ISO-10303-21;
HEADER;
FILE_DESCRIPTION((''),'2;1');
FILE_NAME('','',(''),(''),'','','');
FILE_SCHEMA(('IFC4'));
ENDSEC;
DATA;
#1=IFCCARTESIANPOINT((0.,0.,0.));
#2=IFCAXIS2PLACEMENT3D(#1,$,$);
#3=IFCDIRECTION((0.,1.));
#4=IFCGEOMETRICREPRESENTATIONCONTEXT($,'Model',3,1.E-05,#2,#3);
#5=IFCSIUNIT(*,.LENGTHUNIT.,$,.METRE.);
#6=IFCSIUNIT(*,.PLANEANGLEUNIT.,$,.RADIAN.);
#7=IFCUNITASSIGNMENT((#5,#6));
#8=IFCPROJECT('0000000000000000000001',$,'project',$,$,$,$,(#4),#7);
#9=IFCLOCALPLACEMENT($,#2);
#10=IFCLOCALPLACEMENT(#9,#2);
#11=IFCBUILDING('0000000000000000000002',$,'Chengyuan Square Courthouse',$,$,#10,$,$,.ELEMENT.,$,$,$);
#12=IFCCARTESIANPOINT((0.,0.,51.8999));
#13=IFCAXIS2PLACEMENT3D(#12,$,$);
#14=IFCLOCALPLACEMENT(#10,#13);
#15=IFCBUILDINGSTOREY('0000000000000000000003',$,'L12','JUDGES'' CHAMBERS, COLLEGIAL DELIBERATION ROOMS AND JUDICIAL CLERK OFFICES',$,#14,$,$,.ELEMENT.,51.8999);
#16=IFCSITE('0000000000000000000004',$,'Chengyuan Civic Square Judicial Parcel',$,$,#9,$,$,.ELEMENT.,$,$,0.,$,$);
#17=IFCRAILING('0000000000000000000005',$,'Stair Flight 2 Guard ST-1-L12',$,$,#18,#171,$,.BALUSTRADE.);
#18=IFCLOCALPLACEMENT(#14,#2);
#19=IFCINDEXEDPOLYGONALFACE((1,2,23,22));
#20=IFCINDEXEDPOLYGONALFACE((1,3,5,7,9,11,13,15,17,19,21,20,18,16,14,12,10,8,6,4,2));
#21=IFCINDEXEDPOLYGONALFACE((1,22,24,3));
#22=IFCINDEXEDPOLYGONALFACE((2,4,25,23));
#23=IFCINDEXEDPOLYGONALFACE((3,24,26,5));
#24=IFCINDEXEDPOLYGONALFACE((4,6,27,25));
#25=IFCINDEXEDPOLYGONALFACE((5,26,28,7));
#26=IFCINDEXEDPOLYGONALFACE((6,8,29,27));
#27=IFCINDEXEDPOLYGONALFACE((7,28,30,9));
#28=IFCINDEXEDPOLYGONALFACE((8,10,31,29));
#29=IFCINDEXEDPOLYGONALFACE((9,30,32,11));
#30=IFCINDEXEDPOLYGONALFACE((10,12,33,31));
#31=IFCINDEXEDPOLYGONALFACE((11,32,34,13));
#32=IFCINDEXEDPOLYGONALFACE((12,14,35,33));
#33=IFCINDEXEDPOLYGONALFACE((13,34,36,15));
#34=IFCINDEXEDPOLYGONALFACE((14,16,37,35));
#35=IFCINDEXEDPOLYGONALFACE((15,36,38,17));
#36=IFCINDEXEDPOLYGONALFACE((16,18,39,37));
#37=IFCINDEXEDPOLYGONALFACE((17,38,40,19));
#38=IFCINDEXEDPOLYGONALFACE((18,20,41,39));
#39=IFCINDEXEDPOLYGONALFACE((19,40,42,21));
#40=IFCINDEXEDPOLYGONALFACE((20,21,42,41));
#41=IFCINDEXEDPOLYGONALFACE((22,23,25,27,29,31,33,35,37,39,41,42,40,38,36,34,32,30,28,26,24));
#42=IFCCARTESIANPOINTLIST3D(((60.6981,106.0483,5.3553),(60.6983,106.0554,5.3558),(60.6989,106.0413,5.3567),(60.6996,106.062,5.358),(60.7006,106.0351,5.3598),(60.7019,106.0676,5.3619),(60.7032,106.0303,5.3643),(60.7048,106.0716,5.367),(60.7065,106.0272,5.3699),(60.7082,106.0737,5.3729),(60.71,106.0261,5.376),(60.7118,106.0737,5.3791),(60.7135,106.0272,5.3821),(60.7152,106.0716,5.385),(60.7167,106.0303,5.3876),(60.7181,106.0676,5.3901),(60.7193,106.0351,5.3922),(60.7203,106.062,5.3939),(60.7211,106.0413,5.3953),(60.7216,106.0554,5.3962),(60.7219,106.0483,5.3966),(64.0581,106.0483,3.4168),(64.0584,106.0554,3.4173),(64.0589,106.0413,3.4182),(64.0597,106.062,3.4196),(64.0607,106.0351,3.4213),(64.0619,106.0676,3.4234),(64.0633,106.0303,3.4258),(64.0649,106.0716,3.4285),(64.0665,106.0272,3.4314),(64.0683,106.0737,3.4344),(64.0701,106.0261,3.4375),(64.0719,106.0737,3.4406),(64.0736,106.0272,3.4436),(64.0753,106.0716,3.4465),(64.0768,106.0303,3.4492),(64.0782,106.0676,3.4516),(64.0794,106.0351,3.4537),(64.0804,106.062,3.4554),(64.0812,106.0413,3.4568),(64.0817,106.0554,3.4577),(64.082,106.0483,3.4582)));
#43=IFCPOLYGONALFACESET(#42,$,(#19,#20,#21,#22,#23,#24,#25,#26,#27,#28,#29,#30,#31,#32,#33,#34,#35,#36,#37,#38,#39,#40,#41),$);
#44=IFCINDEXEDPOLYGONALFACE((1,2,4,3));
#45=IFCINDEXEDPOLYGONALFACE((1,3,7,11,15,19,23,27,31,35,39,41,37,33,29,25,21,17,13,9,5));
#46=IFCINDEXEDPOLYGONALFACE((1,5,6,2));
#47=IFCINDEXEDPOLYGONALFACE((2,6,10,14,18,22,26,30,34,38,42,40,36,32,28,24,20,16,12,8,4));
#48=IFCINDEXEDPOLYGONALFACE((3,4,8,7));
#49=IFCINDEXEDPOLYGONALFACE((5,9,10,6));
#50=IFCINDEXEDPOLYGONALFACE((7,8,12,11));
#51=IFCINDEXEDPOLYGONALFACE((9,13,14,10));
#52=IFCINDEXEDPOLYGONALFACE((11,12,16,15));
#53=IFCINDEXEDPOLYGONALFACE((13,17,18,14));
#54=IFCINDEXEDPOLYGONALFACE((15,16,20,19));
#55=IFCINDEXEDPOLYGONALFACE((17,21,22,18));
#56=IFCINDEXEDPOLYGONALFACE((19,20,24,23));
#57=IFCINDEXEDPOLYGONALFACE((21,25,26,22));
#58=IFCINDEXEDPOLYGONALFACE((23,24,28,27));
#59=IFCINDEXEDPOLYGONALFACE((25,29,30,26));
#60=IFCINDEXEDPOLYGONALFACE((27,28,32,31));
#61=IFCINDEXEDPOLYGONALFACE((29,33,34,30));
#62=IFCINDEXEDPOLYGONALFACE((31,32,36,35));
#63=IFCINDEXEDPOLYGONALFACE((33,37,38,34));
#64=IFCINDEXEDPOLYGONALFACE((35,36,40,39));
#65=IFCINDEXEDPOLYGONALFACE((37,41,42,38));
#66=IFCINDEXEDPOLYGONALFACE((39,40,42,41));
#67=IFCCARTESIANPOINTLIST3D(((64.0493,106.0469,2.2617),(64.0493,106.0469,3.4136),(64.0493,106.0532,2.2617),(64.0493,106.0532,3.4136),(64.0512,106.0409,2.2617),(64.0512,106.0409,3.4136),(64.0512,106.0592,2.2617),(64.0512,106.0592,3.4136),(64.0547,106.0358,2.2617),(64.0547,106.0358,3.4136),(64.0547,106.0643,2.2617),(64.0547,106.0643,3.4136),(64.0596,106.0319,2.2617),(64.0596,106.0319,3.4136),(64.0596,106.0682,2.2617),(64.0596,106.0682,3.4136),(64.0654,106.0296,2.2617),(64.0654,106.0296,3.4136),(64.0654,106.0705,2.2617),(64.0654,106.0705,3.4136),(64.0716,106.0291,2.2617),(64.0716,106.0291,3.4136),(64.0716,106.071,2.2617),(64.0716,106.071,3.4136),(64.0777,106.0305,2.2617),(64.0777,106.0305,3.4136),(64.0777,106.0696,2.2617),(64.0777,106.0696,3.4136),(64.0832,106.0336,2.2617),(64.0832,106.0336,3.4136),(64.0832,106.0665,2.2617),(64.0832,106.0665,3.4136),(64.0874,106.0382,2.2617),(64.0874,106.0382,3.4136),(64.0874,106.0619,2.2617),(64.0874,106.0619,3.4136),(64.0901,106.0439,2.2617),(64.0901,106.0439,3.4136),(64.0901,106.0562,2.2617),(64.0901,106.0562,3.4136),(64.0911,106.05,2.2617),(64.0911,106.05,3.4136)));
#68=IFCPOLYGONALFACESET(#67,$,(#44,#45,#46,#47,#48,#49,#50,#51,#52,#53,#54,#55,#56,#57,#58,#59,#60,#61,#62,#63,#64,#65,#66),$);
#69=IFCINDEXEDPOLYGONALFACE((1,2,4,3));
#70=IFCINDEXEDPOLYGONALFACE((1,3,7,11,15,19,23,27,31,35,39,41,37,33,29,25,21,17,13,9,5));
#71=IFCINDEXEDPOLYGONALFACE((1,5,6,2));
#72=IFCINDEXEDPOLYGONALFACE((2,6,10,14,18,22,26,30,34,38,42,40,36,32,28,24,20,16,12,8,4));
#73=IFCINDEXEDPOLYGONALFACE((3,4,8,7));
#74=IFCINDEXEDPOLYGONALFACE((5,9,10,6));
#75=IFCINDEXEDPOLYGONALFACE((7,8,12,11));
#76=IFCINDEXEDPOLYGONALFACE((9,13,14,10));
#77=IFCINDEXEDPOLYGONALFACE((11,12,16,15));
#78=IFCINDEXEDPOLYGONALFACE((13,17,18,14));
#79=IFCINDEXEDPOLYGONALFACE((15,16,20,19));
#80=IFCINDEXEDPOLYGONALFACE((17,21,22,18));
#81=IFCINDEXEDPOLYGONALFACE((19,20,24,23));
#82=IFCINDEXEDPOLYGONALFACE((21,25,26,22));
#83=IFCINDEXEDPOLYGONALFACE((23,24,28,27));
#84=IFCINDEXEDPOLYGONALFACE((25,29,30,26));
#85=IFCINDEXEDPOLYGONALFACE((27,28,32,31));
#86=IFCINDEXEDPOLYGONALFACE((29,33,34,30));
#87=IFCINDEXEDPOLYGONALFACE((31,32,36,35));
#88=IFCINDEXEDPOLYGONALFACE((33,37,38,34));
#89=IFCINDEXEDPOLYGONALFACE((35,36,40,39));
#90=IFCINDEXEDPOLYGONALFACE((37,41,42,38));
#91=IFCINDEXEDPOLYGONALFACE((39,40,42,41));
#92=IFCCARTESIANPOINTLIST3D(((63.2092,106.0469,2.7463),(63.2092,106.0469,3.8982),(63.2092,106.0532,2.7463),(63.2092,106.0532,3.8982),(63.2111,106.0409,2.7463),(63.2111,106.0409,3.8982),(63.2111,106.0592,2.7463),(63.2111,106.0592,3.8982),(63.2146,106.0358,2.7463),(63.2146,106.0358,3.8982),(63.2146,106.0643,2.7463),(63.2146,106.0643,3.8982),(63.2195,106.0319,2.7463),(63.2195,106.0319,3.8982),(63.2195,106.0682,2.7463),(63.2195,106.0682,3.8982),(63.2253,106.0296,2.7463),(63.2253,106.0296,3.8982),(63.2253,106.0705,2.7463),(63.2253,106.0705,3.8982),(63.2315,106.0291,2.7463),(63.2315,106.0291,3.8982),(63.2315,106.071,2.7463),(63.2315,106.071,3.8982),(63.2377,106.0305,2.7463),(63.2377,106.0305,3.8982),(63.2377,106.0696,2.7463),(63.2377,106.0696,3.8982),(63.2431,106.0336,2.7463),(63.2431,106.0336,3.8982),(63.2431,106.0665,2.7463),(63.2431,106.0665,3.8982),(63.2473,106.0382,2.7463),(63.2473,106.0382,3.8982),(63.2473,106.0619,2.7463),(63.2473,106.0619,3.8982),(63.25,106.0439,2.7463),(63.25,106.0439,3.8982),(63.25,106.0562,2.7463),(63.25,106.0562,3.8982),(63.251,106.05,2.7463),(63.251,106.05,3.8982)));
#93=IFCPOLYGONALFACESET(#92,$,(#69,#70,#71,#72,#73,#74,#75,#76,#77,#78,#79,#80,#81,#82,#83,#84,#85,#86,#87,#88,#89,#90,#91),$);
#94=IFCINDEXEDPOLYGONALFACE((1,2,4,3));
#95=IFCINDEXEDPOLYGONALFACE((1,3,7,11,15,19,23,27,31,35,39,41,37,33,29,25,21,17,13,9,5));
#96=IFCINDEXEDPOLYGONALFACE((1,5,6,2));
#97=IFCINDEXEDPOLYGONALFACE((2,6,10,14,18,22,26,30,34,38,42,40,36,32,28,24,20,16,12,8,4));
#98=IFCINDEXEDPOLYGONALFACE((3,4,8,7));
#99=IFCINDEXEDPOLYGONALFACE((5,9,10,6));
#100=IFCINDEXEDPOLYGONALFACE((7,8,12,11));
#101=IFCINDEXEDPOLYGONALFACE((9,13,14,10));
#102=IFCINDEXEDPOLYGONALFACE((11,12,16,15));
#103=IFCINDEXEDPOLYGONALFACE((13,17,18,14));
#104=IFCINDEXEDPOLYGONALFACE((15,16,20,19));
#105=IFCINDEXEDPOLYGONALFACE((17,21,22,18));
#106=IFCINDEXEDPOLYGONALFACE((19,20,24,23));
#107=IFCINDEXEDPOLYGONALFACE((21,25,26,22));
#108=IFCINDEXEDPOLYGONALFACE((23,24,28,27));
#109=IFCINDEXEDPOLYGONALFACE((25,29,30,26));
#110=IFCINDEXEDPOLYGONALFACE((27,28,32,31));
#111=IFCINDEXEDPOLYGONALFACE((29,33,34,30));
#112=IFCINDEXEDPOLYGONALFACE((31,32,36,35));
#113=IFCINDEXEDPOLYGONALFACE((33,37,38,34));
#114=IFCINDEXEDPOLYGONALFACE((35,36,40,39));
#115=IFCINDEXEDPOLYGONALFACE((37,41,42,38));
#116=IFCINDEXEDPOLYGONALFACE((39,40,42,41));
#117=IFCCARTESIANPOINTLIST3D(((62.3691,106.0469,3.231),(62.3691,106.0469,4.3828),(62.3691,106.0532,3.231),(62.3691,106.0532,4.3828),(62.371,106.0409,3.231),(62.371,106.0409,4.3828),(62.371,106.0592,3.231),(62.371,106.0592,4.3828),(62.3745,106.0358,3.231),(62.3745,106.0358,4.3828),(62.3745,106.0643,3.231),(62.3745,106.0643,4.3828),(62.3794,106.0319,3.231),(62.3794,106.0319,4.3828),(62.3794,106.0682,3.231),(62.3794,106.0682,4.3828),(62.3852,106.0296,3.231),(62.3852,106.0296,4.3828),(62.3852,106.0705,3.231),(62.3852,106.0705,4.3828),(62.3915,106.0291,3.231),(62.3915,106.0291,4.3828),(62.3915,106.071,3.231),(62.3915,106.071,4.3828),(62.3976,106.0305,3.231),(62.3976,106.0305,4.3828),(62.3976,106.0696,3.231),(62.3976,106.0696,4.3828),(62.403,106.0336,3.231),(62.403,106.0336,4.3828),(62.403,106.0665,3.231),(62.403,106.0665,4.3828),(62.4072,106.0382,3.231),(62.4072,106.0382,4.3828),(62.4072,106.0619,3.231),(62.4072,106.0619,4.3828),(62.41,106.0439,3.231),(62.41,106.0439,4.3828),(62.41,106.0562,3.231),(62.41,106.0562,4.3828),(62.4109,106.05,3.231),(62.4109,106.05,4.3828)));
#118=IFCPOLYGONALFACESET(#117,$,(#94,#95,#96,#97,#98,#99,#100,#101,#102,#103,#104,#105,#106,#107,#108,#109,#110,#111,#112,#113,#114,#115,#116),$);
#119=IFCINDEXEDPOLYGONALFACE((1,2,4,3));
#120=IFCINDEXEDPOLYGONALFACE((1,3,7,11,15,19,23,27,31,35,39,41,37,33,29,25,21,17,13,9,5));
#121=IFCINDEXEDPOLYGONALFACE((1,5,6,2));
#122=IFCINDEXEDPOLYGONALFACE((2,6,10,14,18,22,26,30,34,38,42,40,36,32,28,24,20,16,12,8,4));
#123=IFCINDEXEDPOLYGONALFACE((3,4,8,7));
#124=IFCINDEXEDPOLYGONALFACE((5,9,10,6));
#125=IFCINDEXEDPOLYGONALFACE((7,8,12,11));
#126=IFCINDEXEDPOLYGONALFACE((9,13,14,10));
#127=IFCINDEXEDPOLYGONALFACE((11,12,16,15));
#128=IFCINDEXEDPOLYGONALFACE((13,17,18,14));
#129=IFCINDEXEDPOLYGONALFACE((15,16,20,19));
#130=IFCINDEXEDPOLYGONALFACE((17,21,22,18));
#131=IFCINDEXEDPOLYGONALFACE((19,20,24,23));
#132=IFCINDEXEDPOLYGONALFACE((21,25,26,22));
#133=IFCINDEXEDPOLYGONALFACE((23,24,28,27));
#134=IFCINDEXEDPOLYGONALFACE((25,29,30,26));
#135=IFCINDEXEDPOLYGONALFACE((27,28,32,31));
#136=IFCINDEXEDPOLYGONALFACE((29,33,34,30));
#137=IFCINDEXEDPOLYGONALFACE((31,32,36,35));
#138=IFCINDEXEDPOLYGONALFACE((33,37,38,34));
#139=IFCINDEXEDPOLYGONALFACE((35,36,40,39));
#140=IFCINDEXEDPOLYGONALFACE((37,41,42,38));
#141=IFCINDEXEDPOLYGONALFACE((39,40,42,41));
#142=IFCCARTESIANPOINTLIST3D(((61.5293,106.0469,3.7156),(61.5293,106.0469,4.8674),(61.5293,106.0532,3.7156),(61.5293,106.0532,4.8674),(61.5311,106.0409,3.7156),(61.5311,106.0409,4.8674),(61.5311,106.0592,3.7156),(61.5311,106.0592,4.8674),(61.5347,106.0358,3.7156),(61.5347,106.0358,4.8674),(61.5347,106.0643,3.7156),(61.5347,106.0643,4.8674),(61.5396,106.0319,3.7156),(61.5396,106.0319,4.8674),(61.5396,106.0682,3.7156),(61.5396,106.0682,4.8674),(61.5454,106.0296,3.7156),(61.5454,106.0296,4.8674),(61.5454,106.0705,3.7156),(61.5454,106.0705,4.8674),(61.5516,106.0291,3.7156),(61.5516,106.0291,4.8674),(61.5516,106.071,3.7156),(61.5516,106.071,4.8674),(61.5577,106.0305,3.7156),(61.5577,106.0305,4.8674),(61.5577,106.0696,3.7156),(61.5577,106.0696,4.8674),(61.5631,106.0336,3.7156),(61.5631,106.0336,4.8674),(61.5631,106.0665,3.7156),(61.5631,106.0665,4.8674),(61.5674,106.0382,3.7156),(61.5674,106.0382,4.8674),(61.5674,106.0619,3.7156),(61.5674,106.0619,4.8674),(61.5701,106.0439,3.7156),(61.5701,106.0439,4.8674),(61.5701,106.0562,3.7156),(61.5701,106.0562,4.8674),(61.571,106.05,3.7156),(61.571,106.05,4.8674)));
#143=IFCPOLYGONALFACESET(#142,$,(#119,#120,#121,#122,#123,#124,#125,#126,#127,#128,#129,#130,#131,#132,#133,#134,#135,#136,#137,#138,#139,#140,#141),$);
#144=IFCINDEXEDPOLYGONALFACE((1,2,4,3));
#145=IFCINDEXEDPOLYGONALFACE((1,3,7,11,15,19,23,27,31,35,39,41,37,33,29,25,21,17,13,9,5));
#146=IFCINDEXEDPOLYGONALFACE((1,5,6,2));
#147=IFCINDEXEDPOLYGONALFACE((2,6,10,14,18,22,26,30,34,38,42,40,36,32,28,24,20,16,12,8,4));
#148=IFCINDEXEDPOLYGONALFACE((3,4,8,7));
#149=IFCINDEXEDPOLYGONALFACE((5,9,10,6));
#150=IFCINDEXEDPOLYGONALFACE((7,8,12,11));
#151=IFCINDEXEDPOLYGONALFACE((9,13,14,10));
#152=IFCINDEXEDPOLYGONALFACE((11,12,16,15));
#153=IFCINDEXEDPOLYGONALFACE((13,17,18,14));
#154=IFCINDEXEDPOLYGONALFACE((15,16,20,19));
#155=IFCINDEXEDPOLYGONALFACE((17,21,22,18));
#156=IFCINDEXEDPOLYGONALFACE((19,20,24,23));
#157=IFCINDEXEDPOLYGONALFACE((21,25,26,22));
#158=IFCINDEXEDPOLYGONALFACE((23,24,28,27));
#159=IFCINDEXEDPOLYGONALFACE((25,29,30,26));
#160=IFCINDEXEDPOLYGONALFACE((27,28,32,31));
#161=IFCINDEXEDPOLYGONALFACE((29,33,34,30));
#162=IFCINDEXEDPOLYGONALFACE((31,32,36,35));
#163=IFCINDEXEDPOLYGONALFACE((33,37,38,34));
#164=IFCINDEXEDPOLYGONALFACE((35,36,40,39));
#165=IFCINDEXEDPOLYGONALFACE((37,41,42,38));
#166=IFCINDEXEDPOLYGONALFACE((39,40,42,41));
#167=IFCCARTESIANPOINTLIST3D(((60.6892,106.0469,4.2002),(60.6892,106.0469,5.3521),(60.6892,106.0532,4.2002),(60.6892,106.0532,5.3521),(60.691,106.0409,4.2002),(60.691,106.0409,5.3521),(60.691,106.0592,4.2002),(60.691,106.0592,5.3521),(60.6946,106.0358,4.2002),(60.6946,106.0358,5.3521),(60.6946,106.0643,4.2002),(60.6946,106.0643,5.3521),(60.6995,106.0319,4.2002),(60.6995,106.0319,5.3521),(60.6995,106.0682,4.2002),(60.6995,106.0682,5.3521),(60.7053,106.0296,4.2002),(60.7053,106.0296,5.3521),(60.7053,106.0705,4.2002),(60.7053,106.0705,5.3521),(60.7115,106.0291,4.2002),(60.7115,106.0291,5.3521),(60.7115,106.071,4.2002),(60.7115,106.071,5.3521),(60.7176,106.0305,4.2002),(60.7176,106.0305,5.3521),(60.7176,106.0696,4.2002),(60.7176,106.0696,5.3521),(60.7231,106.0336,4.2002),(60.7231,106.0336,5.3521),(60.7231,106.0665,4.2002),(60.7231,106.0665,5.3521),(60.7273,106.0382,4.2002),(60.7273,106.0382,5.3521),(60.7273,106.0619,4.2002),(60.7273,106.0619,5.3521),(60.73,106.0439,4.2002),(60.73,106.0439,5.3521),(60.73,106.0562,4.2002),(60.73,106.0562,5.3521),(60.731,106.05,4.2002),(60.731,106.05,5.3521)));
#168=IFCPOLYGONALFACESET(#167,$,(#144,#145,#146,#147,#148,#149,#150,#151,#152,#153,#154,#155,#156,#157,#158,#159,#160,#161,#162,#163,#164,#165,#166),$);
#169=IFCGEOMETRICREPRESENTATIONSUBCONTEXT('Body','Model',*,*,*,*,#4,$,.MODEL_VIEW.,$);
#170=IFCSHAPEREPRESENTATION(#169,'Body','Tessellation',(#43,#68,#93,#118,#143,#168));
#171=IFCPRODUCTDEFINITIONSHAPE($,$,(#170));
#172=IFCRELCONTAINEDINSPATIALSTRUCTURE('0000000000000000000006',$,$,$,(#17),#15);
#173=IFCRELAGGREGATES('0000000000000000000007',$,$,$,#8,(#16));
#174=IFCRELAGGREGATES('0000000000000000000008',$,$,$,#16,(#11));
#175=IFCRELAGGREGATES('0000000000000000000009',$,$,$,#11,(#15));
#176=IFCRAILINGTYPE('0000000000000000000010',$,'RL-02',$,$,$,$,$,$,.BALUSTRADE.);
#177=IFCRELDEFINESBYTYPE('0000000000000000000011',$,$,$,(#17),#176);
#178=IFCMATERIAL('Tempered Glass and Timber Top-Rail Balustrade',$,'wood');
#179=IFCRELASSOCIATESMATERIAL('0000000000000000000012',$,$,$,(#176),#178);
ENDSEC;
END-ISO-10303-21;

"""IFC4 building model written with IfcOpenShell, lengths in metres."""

from ifc_helpers import new_model, si_unit, direction, frame, origin, origin_2d, place, context, subcontext, project, spatial, circle, extrude, material, type_object, element, save


model = new_model("IFC4")

# Units and contexts
model_context = context("Model", 3, precision=1e-05, world=origin(), true_north=direction((0.0, 1.0)))
body_context = subcontext(model_context, "Body", "Model", "MODEL_VIEW")
ifc_project = project(units=[si_unit("LENGTHUNIT", "METRE"), si_unit("PLANEANGLEUNIT", "RADIAN")], contexts=[model_context])

# Site, building, storey
site_placement = place(None, origin())
site = spatial("IfcSite", under=ifc_project, at=site_placement, Name="Chengyuan Civic Square Judicial Parcel", CompositionType="ELEMENT", RefElevation=0.0)
building_placement = place(site_placement, origin())
building = spatial("IfcBuilding", under=site, at=building_placement, Name="Chengyuan Square Courthouse", CompositionType="ELEMENT")
storey_placement = place(building_placement, frame((0.0, 0.0, 51.8999)))
storey = spatial("IfcBuildingStorey", under=building, at=storey_placement, Name="L12", Description="JUDGES' CHAMBERS, COLLEGIAL DELIBERATION ROOMS AND JUDICIAL CLERK OFFICES", CompositionType="ELEMENT", Elevation=51.8999)

# Railing
ifc_material_1 = material(Name="Tempered Glass and Timber Top-Rail Balustrade", Category="wood")
railing_type_1 = type_object("IfcRailingType", Name="RL-02", PredefinedType="BALUSTRADE", material=ifc_material_1)
railing_1_placement = place(storey_placement, frame((64.0701, 106.05, 2.2617)))
element("IfcRailing", 1, at=railing_1_placement, inside=storey, type_object=railing_type_1, Name="Stair Flight 2 Guard ST-1-L12", PredefinedType="BALUSTRADE", context=body_context, shape_type="SweptSolid", body=[
    extrude(circle(Radius=0.0239, at=origin_2d()), frame((0.0, 0.0, 1.1758), z_axis=(-0.866191, 0.0, 0.499713), x_axis=(0.0, -1.0, 0.0)), (0.0, 0.0, 1.0), 3.8792),
    extrude(circle(Radius=0.021, at=origin_2d()), origin(), (0.0, 0.0, 1.0), 1.1519),
    extrude(circle(Radius=0.021, at=origin_2d()), frame((-0.8401, 0.0, 0.4846)), (0.0, 0.0, 1.0), 1.1519),
    extrude(circle(Radius=0.021, at=origin_2d()), frame((-1.6802, 0.0, 0.9692)), (0.0, 0.0, 1.0), 1.1519),
    extrude(circle(Radius=0.021, at=origin_2d()), frame((-2.52, 0.0, 1.4539)), (0.0, 0.0, 1.0), 1.1519),
    extrude(circle(Radius=0.021, at=origin_2d()), frame((-3.3601, 0.0, 1.9385)), (0.0, 0.0, 1.0), 1.1519),
])

save(model, "model.ifc")
